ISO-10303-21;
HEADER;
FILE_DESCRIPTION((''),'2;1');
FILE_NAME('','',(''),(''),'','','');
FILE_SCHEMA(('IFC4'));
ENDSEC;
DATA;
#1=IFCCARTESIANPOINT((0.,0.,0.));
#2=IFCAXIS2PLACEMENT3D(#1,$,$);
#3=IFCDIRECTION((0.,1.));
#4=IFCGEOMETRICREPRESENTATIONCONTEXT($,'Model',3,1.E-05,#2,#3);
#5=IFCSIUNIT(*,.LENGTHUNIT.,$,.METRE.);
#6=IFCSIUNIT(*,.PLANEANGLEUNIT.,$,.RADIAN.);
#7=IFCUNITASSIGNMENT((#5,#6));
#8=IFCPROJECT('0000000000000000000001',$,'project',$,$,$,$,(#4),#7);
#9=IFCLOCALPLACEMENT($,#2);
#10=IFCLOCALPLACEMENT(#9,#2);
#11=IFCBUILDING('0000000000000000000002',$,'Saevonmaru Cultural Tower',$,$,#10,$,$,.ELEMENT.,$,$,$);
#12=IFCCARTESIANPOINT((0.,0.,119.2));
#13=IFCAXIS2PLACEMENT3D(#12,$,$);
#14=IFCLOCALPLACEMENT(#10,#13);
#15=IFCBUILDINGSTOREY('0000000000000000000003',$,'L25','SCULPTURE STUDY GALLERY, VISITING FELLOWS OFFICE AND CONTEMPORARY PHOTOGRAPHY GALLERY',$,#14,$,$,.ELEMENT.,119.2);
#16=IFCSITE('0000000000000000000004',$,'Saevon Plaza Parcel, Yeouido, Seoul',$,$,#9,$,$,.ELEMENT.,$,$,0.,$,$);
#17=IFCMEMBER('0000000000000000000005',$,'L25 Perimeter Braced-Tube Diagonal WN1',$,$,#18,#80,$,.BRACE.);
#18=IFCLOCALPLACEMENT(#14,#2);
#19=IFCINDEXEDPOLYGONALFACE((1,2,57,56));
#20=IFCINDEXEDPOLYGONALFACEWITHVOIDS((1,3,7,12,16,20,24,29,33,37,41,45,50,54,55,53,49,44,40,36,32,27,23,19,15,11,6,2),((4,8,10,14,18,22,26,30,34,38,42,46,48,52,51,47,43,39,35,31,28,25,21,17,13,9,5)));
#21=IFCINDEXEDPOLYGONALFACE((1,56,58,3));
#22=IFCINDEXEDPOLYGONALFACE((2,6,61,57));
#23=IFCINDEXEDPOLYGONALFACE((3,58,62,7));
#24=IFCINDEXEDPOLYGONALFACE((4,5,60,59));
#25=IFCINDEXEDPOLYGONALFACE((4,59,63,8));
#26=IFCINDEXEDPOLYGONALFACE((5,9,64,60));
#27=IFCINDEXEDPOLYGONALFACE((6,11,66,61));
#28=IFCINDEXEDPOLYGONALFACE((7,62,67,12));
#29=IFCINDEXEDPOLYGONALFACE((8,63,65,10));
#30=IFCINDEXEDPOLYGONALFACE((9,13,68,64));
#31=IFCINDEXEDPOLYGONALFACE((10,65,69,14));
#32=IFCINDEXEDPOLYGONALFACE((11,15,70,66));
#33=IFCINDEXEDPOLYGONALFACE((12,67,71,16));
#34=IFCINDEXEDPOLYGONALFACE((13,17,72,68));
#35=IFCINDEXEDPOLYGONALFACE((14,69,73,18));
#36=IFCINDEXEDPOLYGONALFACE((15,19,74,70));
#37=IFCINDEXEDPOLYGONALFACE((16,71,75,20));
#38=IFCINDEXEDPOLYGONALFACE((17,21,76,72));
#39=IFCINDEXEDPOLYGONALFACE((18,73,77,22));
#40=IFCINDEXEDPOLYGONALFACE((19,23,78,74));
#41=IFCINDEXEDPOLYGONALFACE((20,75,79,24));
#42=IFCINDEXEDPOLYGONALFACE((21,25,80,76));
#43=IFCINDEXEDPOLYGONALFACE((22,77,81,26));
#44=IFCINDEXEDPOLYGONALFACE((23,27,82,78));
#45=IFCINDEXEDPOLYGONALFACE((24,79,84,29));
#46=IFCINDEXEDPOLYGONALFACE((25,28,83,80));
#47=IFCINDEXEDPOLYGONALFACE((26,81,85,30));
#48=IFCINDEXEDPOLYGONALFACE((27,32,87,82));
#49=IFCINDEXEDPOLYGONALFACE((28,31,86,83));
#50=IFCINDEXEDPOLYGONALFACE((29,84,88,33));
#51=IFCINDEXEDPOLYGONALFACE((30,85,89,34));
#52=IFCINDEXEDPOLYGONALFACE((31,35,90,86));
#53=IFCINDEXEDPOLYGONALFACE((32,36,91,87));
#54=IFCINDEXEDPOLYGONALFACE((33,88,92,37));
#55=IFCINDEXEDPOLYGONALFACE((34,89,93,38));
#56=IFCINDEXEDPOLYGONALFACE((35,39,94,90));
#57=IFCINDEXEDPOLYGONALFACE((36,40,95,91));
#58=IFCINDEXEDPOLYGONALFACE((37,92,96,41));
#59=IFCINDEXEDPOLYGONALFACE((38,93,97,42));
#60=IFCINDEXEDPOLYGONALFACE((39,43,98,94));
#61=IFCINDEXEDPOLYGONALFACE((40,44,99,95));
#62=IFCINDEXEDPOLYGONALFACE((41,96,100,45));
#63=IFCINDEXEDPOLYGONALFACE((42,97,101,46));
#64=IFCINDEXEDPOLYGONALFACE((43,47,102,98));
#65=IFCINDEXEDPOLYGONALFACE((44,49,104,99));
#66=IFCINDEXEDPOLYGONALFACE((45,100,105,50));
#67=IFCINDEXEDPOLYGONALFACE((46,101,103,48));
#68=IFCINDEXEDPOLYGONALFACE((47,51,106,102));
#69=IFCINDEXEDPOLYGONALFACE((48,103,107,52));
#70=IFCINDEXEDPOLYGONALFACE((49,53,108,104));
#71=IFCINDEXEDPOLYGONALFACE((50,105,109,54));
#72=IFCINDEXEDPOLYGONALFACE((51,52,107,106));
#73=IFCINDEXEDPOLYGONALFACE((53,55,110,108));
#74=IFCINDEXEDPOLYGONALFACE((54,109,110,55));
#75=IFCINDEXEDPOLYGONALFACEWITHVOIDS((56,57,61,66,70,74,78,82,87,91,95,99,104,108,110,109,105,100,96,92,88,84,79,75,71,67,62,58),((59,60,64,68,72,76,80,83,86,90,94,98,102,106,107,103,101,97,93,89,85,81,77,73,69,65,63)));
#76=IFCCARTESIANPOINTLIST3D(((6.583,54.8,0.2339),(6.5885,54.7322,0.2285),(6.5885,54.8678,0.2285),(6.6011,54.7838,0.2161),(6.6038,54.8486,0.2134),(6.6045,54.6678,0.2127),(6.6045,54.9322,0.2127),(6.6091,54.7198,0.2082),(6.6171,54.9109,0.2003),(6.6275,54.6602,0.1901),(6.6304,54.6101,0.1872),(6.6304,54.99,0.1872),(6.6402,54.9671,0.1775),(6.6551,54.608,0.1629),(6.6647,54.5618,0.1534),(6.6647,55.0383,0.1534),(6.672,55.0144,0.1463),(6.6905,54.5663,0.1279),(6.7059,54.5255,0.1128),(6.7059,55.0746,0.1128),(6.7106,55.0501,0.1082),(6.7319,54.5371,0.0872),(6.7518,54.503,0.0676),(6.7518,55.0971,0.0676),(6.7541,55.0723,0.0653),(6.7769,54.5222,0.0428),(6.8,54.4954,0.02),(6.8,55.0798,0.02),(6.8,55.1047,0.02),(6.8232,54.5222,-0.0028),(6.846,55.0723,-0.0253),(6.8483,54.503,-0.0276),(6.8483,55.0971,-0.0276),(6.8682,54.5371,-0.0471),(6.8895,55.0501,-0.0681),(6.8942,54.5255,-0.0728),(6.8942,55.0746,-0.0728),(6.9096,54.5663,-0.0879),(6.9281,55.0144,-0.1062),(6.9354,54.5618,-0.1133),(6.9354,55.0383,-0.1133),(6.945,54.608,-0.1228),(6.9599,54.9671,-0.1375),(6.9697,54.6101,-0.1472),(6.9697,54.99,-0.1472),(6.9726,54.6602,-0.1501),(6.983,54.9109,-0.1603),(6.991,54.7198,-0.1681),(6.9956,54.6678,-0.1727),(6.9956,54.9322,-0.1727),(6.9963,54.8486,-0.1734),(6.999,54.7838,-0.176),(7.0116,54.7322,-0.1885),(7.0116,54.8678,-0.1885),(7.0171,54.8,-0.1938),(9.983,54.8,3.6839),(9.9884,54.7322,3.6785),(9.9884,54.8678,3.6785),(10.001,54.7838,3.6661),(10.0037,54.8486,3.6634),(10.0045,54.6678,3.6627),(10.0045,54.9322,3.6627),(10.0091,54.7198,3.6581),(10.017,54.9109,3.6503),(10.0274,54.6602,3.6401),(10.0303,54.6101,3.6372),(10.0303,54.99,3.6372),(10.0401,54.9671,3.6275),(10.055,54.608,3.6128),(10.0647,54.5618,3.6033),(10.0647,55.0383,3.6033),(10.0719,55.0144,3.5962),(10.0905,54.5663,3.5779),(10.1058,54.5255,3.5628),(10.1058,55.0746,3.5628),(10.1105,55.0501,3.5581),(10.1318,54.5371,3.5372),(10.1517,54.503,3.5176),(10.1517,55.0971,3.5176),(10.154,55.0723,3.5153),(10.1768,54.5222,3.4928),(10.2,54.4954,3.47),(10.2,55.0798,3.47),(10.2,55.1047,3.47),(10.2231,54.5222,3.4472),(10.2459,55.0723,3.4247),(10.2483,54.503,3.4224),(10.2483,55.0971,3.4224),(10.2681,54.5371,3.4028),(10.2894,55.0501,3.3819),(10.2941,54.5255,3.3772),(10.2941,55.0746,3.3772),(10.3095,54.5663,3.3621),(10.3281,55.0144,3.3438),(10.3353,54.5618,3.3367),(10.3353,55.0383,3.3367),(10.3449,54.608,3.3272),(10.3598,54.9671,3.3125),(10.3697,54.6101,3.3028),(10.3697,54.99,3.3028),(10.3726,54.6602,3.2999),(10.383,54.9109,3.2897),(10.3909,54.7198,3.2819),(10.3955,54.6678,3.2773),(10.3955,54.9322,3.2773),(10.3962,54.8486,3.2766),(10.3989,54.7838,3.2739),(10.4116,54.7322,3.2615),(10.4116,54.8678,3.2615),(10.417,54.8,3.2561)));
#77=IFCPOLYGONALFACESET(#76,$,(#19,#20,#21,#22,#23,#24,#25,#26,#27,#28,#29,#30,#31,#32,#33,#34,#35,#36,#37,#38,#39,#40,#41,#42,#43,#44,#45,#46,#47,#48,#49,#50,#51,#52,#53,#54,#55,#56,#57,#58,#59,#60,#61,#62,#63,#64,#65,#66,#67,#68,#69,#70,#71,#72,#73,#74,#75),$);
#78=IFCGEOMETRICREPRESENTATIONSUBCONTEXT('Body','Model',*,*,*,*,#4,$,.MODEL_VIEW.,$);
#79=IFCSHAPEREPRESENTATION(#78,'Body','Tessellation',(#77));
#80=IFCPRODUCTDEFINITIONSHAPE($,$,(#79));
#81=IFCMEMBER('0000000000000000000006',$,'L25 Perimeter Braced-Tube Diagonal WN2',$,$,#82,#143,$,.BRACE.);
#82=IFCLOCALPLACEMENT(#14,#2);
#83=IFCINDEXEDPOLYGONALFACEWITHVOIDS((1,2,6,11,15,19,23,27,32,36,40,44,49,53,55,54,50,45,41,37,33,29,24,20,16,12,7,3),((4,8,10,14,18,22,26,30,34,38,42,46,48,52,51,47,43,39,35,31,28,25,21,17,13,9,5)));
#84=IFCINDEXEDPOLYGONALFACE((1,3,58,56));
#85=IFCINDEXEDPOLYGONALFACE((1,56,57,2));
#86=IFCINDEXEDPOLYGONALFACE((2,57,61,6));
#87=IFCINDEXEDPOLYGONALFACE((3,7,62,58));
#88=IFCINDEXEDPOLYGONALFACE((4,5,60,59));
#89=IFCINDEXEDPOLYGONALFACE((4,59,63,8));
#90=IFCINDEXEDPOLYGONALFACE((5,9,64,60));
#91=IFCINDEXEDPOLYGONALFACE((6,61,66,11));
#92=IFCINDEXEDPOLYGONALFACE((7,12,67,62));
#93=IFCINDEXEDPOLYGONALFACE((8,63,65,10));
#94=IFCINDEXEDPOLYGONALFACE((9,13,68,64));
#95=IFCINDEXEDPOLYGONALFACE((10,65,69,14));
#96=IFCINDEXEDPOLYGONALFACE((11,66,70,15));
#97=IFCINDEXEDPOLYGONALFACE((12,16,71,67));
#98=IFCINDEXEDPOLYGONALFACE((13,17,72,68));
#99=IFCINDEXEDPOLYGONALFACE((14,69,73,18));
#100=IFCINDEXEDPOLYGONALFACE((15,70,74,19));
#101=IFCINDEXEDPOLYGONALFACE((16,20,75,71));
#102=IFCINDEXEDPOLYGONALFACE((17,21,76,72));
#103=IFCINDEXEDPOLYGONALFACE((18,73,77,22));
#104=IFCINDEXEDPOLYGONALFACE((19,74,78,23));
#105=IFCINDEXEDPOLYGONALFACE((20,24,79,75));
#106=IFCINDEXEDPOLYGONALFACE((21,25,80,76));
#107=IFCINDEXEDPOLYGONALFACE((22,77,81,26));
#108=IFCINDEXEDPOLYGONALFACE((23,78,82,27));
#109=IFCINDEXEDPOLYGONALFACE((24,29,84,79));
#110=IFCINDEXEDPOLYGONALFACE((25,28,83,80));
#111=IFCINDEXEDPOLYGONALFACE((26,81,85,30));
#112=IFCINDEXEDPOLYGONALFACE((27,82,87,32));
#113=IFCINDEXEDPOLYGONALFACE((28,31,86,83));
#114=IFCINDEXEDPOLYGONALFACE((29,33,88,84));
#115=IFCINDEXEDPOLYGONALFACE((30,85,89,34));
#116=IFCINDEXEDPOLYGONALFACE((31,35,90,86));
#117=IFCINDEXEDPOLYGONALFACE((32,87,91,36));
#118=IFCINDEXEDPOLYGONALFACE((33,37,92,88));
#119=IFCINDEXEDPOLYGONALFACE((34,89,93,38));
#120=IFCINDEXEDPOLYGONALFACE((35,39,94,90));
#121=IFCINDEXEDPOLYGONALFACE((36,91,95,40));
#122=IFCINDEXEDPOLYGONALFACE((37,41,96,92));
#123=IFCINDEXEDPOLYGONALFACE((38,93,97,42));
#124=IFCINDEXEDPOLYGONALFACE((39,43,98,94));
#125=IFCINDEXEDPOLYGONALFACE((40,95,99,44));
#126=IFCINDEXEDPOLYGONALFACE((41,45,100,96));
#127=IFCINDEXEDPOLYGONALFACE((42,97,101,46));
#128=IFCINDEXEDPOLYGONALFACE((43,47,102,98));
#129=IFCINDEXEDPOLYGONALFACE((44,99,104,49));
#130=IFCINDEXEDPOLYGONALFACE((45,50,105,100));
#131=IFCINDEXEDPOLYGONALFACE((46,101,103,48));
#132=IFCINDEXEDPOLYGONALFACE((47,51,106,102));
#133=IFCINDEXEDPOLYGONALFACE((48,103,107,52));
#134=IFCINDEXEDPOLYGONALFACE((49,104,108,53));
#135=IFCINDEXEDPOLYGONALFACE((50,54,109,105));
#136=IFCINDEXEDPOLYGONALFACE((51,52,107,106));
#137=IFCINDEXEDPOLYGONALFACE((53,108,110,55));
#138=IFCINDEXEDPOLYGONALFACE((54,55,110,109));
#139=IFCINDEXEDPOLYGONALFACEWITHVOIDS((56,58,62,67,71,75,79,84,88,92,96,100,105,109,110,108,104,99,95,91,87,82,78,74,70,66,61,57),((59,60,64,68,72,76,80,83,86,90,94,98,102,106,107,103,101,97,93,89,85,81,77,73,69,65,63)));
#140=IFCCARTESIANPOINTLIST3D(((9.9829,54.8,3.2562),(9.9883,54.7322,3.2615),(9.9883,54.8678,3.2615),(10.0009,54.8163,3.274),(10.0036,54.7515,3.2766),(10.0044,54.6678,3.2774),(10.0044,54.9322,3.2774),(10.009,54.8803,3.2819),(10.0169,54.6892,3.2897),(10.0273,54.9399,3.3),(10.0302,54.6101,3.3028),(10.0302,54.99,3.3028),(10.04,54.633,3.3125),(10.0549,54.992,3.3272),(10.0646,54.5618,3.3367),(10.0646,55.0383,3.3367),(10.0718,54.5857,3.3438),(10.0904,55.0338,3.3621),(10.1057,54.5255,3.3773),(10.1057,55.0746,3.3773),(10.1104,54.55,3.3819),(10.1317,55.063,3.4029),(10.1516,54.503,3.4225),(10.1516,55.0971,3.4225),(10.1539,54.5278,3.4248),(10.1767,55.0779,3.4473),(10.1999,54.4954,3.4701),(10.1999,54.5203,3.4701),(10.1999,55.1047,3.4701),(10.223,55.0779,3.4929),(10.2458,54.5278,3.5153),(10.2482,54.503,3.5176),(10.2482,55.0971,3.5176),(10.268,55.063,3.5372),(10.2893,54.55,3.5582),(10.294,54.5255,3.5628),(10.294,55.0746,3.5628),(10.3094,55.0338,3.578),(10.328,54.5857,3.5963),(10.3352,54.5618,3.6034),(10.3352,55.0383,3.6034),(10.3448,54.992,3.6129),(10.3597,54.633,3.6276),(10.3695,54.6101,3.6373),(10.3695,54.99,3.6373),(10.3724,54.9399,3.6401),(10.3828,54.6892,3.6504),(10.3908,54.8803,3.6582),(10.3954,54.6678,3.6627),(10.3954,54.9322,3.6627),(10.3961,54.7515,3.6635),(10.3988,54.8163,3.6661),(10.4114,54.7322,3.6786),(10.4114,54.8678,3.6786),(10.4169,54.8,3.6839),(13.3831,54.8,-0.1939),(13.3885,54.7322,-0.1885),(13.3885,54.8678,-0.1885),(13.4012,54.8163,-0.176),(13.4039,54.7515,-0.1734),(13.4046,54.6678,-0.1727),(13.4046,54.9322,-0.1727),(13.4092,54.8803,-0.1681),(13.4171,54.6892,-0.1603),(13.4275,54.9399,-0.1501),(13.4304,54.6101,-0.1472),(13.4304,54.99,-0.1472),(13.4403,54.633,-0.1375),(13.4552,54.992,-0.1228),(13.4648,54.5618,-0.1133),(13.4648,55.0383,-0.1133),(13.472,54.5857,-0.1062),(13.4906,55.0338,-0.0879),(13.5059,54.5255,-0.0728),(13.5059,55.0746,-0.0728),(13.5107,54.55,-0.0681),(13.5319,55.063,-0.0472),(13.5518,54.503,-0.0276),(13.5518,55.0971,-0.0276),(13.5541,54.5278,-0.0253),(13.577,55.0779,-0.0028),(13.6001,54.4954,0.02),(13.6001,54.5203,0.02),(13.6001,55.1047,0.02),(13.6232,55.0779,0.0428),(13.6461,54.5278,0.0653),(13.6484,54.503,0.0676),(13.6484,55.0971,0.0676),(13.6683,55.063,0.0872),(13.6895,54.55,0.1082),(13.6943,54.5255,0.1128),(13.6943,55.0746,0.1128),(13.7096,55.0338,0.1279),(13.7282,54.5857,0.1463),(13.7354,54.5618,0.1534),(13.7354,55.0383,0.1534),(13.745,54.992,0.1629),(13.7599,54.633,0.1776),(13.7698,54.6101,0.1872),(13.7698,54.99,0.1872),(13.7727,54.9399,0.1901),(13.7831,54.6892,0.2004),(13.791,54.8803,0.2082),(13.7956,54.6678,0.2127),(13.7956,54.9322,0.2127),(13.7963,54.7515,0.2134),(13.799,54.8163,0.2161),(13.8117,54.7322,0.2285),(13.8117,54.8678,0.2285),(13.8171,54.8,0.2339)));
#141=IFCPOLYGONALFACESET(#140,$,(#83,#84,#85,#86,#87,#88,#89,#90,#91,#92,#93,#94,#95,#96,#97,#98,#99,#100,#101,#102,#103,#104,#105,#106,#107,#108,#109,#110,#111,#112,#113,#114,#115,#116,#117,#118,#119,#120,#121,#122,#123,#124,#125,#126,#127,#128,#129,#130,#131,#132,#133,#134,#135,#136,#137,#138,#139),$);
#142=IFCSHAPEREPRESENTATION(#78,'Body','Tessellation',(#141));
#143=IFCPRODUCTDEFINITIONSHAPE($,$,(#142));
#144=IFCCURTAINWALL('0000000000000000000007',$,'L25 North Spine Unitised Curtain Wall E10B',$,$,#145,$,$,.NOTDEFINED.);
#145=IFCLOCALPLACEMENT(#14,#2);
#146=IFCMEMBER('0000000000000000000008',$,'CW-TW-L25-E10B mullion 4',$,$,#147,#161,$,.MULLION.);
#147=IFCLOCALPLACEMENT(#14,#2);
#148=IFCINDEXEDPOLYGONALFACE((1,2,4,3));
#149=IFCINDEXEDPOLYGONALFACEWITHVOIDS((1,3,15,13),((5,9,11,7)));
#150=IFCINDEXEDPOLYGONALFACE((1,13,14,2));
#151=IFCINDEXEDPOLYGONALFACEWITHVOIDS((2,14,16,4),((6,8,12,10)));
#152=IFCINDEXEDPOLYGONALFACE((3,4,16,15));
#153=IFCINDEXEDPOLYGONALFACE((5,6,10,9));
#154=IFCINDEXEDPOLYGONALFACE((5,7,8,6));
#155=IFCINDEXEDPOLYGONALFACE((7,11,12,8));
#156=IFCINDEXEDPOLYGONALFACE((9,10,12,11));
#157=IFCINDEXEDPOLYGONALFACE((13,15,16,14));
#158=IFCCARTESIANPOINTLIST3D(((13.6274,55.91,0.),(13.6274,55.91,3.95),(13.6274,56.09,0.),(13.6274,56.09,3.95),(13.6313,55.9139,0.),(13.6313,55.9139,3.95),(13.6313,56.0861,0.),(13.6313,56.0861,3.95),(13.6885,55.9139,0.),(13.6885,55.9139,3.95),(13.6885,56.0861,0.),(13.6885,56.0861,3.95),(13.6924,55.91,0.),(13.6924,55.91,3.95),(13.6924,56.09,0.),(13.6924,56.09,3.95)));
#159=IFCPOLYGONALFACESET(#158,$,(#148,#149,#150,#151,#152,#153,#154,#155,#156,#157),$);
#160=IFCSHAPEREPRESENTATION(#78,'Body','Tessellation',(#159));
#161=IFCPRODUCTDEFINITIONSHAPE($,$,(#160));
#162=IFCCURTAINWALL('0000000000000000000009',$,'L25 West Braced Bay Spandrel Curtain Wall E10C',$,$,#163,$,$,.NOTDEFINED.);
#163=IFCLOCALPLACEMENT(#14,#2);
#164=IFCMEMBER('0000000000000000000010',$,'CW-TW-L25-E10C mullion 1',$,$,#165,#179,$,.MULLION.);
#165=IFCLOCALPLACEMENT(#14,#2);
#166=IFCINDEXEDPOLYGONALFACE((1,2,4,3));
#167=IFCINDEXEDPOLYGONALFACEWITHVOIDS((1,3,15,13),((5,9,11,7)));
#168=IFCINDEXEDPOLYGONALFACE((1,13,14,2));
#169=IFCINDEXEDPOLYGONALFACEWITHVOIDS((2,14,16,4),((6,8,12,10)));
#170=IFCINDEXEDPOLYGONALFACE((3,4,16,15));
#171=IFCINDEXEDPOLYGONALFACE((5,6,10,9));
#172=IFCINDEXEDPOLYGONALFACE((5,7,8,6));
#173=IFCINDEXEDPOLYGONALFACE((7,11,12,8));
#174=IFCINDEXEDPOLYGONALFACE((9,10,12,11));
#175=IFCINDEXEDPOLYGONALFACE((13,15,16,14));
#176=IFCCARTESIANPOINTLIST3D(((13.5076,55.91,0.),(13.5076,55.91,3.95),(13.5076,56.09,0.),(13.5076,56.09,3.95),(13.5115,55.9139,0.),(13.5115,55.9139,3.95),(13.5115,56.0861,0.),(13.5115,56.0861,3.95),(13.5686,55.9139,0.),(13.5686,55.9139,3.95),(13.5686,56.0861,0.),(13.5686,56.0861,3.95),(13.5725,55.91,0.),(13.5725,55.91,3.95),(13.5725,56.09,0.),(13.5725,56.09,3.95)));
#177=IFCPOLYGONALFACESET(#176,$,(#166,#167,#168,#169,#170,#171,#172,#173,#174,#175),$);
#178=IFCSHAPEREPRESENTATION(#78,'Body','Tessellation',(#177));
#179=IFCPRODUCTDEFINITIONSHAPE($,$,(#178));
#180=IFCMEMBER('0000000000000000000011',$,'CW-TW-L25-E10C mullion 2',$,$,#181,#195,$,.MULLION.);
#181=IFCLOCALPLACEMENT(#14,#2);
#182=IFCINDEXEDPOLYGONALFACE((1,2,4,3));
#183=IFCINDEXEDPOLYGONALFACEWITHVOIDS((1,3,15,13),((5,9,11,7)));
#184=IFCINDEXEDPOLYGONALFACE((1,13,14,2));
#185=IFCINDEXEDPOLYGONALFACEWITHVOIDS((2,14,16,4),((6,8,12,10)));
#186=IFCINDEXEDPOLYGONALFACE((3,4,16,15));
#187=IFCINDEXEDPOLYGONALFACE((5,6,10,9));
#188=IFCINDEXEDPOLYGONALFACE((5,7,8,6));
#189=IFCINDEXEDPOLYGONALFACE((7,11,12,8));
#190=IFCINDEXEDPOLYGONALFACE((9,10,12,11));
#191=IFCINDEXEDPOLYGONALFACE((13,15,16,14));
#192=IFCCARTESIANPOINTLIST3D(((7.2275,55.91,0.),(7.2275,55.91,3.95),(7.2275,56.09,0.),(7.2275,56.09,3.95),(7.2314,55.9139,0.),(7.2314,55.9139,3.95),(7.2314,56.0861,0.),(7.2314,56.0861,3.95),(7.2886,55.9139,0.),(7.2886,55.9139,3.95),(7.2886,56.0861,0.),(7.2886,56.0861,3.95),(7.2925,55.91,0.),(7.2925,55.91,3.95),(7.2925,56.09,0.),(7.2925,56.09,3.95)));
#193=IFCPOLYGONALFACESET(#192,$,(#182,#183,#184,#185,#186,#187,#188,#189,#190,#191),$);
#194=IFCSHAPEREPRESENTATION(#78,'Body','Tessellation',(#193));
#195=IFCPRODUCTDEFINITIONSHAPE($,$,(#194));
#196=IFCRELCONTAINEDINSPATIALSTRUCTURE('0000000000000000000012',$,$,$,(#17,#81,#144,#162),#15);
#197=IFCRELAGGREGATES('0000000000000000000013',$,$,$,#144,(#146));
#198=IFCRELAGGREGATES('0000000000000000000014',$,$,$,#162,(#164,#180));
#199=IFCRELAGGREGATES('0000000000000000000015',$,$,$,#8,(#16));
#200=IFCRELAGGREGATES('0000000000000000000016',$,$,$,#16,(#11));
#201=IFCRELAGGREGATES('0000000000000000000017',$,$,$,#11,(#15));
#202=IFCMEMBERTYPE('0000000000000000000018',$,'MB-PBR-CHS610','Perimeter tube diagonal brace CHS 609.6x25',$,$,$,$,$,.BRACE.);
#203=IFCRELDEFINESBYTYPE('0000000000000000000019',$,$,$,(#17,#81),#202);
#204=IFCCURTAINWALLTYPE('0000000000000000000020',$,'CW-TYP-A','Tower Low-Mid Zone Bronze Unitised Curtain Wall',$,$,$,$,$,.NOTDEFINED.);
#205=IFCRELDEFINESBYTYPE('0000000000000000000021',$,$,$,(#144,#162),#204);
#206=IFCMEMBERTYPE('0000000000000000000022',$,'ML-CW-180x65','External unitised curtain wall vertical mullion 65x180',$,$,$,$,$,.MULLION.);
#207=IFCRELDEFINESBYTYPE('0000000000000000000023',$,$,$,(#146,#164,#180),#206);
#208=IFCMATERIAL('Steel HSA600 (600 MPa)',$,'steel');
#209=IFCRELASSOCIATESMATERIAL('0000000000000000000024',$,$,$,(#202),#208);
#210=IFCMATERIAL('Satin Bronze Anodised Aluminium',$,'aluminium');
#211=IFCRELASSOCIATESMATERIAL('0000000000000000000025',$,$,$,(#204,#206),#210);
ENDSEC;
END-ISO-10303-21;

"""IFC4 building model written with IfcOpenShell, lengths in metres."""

from ifc_helpers import new_model, si_unit, direction, frame, origin, origin_2d, place, context, subcontext, project, spatial, hollow_rectangle, hollow_circle, extrude, material, material_profile, profile_set, type_object, element, aggregate, save


model = new_model("IFC4")

# Units and contexts
model_context = context("Model", 3, precision=1e-05, world=origin(), true_north=direction((0.0, 1.0)))
body_context = subcontext(model_context, "Body", "Model", "MODEL_VIEW")
ifc_project = project(units=[si_unit("LENGTHUNIT", "METRE"), si_unit("PLANEANGLEUNIT", "RADIAN")], contexts=[model_context])

# Site, building, storey
site_placement = place(None, origin())
site = spatial("IfcSite", under=ifc_project, at=site_placement, Name="Saevon Plaza Parcel, Yeouido, Seoul", CompositionType="ELEMENT", RefElevation=0.0)
building_placement = place(site_placement, origin())
building = spatial("IfcBuilding", under=site, at=building_placement, Name="Saevonmaru Cultural Tower", CompositionType="ELEMENT")
storey_placement = place(building_placement, frame((0.0, 0.0, 119.2)))
storey = spatial("IfcBuildingStorey", under=building, at=storey_placement, Name="L25", Description="SCULPTURE STUDY GALLERY, VISITING FELLOWS OFFICE AND CONTEMPORARY PHOTOGRAPHY GALLERY", CompositionType="ELEMENT", Elevation=119.2)

# Members
ifc_material_1 = material(Name="Steel HSA600 (600 MPa)", Category="steel")
ifc_material_profile_1 = material_profile(ifc_material_1, hollow_circle(Radius=0.3047, WallThickness=0.0249, at=origin_2d()), Name="CHS-609.6x25")
ifc_profile_set_1 = profile_set([ifc_material_profile_1], Name="Steel HSA600 (600 MPa)")
member_type_1 = type_object("IfcMemberType", Name="MB-PBR-CHS610", Description="Perimeter tube diagonal brace CHS 609.6x25", PredefinedType="BRACE", material=ifc_profile_set_1)
member_1_placement = place(storey_placement, frame((6.8, 54.8, 0.02), z_axis=(0.701922, 0.0, 0.712254), x_axis=(0.0, 1.0, 0.0)))
element("IfcMember", 1, at=member_1_placement, inside=storey, type_object=member_type_1, Name="L25 Perimeter Braced-Tube Diagonal WN1", PredefinedType="BRACE", context=body_context, shape_type="SweptSolid", body=[
    extrude(hollow_circle(Radius=0.3047, WallThickness=0.0249, at=origin_2d()), origin(), (0.0, 0.0, 1.0), 4.8438),
])
member_2_placement = place(storey_placement, frame((13.6001, 54.8, 0.02), z_axis=(-0.701947, 0.0, 0.712229), x_axis=(0.0, -1.0, 0.0)))
element("IfcMember", 2, at=member_2_placement, inside=storey, type_object=member_type_1, Name="L25 Perimeter Braced-Tube Diagonal WN2", PredefinedType="BRACE", context=body_context, shape_type="SweptSolid", body=[
    extrude(hollow_circle(Radius=0.3047, WallThickness=0.0249, at=origin_2d()), origin(), (0.0, 0.0, 1.0), 4.844),
])

# Curtain wall, member
ifc_material_2 = material(Name="Satin Bronze Anodised Aluminium", Category="aluminium")
curtain_wall_type = type_object("IfcCurtainWallType", Name="CW-TYP-A", Description="Tower Low-Mid Zone Bronze Unitised Curtain Wall", PredefinedType="NOTDEFINED", material=ifc_material_2)
curtain_wall_1_placement = place(storey_placement, origin())
curtain_wall_1 = element("IfcCurtainWall", 3, at=curtain_wall_1_placement, inside=storey, type_object=curtain_wall_type, Name="L25 North Spine Unitised Curtain Wall E10B", PredefinedType="NOTDEFINED")
ifc_material_profile_2 = material_profile(ifc_material_2, hollow_rectangle(XDim=0.0649, YDim=0.1799, WallThickness=0.0039, at=origin_2d()), Name="ALU-MULL-180x65x4")
ifc_profile_set_2 = profile_set([ifc_material_profile_2], Name="Satin Bronze Anodised Aluminium")
member_type_2 = type_object("IfcMemberType", Name="ML-CW-180x65", Description="External unitised curtain wall vertical mullion 65x180", PredefinedType="MULLION", material=ifc_profile_set_2)
member_3_placement = place(storey_placement, frame((13.6599, 56.0, 0.0), z_axis=(0.0, 0.0, 1.0), x_axis=(-1.0, 0.0, 0.0)))
member_3 = element("IfcMember", 4, at=member_3_placement, type_object=member_type_2, Name="CW-TW-L25-E10B mullion 4", PredefinedType="MULLION", context=body_context, shape_type="SweptSolid", body=[
    extrude(hollow_rectangle(XDim=0.0649, YDim=0.1799, WallThickness=0.0039, at=origin_2d()), origin(), (0.0, 0.0, 1.0), 3.95),
])
aggregate(curtain_wall_1, [member_3])

# Curtain wall, members
curtain_wall_2_placement = place(storey_placement, origin())
curtain_wall_2 = element("IfcCurtainWall", 5, at=curtain_wall_2_placement, inside=storey, type_object=curtain_wall_type, Name="L25 West Braced Bay Spandrel Curtain Wall E10C", PredefinedType="NOTDEFINED")
member_4_placement = place(storey_placement, frame((13.54, 56.0, 0.0), z_axis=(0.0, 0.0, 1.0), x_axis=(-1.0, 0.0, 0.0)))
member_4 = element("IfcMember", 6, at=member_4_placement, type_object=member_type_2, Name="CW-TW-L25-E10C mullion 1", PredefinedType="MULLION", context=body_context, shape_type="SweptSolid", body=[
    extrude(hollow_rectangle(XDim=0.0649, YDim=0.1799, WallThickness=0.0039, at=origin_2d()), origin(), (0.0, 0.0, 1.0), 3.95),
])
member_5_placement = place(storey_placement, frame((7.26, 56.0, 0.0), z_axis=(0.0, 0.0, 1.0), x_axis=(-1.0, 0.0, 0.0)))
member_5 = element("IfcMember", 7, at=member_5_placement, type_object=member_type_2, Name="CW-TW-L25-E10C mullion 2", PredefinedType="MULLION", context=body_context, shape_type="SweptSolid", body=[
    extrude(hollow_rectangle(XDim=0.0649, YDim=0.1799, WallThickness=0.0039, at=origin_2d()), origin(), (0.0, 0.0, 1.0), 3.95),
])

aggregate(curtain_wall_2, [member_4, member_5])

save(model, "model.ifc")
